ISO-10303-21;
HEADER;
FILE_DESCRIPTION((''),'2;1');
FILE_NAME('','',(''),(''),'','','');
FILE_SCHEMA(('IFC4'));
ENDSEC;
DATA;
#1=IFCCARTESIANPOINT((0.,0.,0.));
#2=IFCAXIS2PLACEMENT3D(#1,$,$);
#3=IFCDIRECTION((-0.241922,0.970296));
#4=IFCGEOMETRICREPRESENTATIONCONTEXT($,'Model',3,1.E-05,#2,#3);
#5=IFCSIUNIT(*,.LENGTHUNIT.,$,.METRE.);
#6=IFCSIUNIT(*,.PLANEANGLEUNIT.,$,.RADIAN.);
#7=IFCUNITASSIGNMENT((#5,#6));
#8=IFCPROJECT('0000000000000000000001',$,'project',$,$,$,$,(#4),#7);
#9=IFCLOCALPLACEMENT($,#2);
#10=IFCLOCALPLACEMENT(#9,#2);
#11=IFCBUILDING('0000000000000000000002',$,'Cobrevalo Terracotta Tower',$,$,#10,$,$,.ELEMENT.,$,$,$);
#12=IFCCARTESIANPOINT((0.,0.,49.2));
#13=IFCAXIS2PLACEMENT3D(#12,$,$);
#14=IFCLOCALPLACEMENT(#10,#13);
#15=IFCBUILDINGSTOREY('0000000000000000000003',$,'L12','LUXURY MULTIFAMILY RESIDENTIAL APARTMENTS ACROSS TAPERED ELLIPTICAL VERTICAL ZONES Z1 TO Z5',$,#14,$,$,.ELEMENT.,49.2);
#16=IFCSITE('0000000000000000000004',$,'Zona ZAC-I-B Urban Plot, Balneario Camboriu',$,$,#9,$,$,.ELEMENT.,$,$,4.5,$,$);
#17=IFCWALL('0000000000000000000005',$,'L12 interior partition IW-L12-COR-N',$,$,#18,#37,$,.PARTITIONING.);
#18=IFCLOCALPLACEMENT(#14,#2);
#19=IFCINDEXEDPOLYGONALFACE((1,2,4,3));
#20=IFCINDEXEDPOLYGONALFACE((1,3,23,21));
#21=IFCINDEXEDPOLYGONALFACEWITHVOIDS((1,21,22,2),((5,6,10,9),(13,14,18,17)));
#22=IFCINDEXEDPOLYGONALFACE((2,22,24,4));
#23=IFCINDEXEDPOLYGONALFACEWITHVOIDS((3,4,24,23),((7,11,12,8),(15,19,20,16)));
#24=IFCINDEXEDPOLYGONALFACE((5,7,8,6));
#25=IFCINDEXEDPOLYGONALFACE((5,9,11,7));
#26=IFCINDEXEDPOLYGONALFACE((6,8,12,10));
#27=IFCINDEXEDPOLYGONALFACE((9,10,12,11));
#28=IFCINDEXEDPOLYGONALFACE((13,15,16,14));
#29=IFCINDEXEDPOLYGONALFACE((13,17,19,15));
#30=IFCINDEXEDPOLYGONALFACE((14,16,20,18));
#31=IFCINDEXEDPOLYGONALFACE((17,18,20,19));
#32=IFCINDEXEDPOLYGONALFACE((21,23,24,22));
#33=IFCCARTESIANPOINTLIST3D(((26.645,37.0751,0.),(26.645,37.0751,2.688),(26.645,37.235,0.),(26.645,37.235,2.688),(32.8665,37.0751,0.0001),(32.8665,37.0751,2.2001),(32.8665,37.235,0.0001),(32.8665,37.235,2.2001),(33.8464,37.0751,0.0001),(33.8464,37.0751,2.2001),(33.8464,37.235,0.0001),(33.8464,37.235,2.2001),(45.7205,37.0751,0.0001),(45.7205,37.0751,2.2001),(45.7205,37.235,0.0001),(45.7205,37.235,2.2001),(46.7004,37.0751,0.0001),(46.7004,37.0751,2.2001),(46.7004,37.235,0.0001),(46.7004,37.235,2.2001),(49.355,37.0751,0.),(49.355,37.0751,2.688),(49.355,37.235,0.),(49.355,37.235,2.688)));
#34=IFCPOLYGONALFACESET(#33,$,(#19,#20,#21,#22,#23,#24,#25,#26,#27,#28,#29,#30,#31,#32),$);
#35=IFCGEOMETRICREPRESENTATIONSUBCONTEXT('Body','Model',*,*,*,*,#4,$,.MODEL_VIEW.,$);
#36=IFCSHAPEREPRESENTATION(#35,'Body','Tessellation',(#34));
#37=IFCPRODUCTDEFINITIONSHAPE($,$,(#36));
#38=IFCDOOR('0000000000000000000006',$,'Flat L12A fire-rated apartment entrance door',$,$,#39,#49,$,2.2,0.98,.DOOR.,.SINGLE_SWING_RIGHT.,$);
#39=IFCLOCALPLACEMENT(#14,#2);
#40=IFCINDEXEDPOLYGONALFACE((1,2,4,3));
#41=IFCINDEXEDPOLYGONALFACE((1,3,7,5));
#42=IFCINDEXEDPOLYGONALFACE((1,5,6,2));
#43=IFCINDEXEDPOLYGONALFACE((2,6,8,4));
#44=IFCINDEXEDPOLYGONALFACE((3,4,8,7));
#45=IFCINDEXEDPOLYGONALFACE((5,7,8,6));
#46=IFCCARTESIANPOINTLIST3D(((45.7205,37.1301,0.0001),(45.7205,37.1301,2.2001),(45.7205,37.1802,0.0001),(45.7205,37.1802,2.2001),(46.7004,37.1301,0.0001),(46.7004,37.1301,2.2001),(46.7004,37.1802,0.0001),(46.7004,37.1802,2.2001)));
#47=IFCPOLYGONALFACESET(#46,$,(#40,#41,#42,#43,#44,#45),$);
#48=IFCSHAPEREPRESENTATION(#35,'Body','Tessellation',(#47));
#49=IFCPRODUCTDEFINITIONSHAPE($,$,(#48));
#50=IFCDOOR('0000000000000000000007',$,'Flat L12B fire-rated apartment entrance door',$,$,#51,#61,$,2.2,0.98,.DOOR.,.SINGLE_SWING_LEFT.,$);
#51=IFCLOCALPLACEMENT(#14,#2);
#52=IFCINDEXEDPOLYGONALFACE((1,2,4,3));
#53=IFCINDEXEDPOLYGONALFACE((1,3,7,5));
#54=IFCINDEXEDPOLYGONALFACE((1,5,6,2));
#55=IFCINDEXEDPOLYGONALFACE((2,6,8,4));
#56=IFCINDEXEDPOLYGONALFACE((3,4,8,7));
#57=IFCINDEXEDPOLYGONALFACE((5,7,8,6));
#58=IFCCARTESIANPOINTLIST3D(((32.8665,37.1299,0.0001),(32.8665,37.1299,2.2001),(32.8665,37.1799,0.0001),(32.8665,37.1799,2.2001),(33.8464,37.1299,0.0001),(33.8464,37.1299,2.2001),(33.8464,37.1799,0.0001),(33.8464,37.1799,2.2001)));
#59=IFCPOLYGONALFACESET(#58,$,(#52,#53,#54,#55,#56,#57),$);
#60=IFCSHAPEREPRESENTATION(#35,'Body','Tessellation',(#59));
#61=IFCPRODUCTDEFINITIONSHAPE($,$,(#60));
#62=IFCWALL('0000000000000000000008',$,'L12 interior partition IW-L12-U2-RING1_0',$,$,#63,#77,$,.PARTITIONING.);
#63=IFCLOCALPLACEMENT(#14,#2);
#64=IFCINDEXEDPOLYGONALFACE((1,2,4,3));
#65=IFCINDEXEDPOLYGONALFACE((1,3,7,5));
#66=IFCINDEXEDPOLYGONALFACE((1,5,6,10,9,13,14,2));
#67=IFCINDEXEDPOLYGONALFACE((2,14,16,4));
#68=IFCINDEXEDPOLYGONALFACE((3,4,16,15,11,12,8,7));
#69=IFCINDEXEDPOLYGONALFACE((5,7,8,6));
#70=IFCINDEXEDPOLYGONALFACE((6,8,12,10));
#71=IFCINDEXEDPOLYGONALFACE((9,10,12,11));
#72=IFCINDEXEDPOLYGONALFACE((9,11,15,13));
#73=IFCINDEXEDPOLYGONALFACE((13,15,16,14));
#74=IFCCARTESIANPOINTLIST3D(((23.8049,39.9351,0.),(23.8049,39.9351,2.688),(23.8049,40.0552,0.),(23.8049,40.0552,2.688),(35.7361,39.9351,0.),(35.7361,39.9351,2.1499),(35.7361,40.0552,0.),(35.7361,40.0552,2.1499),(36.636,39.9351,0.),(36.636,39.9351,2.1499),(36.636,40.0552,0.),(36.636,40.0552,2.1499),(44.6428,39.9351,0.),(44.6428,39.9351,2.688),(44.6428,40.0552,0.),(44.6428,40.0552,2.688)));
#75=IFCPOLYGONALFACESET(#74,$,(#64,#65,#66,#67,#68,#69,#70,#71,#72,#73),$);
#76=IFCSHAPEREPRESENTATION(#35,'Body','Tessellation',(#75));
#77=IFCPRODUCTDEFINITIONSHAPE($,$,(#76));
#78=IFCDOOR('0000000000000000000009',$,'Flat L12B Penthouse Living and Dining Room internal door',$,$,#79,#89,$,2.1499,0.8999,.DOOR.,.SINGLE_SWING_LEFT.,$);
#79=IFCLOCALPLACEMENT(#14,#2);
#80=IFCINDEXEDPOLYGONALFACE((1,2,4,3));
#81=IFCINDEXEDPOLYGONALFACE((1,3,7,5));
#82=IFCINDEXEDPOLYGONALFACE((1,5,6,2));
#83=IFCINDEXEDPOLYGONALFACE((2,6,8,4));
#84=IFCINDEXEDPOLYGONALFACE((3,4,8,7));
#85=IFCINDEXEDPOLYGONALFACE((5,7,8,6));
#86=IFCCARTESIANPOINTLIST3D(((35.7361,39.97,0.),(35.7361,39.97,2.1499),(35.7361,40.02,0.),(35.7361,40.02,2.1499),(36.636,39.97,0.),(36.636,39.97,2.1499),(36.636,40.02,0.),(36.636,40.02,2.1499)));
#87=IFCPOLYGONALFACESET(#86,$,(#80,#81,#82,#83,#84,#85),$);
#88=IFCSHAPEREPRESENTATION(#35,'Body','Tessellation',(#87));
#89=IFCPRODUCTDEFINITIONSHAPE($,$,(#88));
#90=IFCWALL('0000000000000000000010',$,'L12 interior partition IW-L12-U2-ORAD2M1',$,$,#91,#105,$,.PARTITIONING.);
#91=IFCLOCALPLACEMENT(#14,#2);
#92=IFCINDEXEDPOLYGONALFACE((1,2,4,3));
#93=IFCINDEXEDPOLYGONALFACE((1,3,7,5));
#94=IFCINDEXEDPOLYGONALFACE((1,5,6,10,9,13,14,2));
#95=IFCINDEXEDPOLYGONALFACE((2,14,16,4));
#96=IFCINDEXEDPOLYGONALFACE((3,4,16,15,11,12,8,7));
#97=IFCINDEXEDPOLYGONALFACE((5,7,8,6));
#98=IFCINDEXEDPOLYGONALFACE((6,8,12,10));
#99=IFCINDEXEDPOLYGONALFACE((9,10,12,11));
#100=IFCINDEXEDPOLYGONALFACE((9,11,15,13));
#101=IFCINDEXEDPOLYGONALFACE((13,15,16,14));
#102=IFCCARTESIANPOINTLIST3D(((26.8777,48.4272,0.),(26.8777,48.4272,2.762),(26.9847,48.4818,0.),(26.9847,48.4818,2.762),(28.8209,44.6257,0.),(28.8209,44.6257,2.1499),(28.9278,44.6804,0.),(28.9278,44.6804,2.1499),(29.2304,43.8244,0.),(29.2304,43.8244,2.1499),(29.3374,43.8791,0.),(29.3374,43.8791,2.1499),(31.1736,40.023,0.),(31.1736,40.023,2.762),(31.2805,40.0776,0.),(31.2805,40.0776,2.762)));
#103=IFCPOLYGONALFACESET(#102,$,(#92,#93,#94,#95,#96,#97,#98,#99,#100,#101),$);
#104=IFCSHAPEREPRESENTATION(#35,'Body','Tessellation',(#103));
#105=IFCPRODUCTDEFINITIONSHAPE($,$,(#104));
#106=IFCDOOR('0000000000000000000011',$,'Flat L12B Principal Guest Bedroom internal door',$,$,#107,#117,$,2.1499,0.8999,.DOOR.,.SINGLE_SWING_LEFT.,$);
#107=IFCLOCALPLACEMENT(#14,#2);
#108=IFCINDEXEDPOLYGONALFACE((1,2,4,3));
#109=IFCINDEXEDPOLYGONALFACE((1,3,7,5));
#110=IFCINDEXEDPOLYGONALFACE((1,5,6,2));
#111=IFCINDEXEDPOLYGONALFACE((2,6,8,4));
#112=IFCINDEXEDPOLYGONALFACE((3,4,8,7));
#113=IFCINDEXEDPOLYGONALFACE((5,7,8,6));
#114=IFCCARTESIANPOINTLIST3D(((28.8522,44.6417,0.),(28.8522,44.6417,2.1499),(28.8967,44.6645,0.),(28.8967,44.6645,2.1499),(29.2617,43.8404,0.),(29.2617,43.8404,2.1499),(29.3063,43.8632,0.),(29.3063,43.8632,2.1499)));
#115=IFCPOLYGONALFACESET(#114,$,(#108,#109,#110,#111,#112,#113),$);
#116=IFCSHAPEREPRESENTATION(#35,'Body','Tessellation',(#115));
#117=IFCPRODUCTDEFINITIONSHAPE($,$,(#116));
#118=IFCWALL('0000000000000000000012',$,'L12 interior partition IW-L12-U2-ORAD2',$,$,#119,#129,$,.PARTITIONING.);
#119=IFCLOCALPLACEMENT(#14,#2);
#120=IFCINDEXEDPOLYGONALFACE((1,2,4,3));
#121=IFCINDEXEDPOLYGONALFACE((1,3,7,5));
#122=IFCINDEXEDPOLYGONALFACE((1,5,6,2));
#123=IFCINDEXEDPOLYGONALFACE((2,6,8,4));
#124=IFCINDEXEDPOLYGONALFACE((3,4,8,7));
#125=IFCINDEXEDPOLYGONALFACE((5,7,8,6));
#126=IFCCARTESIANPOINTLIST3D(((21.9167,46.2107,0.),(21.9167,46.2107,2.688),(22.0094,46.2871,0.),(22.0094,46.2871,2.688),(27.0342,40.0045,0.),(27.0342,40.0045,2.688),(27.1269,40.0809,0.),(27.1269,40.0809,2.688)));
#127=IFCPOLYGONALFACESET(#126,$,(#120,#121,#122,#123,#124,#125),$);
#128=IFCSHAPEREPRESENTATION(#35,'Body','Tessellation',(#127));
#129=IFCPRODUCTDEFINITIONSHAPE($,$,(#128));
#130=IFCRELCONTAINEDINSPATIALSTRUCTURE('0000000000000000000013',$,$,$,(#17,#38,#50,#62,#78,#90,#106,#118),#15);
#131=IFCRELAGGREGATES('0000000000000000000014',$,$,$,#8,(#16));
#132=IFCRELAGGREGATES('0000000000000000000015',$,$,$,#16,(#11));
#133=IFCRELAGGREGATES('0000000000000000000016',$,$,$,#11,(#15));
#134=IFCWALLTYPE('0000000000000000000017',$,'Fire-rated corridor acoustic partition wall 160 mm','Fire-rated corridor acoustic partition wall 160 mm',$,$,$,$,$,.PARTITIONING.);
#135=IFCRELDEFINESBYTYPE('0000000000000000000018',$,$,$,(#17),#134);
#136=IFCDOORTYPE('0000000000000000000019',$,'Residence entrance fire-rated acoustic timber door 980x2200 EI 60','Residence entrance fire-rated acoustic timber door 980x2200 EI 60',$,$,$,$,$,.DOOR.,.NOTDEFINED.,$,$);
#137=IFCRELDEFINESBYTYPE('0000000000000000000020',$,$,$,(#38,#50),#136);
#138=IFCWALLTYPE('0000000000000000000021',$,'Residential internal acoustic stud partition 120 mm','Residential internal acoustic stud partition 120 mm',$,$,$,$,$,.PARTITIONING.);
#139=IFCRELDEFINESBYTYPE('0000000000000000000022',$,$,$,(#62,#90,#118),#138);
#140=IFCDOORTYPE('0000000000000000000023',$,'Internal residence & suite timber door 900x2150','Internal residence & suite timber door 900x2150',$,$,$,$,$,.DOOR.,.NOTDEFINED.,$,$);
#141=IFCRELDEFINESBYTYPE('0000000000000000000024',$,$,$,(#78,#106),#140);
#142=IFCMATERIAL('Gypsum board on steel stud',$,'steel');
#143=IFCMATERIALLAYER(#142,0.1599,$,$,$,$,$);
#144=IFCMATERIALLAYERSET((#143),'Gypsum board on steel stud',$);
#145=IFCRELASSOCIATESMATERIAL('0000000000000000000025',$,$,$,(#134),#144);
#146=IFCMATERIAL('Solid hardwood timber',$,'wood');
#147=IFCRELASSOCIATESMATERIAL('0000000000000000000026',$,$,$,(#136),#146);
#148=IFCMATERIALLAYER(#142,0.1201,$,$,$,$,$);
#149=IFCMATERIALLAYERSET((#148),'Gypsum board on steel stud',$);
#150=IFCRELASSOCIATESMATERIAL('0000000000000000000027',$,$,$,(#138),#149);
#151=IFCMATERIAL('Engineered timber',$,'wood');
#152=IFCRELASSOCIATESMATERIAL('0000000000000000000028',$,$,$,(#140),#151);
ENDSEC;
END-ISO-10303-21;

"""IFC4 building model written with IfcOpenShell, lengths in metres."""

from ifc_helpers import new_model, si_unit, direction, frame, frame_2d, origin, place, context, subcontext, project, spatial, rectangle, extrude, source, transform, mapped, material, layer, layer_set, type_object, element, fill, save


model = new_model("IFC4")

# Units and contexts
model_context = context("Model", 3, precision=1e-05, world=origin(), true_north=direction((-0.241922, 0.970296)))
body_context = subcontext(model_context, "Body", "Model", "MODEL_VIEW")
ifc_project = project(units=[si_unit("LENGTHUNIT", "METRE"), si_unit("PLANEANGLEUNIT", "RADIAN")], contexts=[model_context])

# Site, building, storey
site_placement = place(None, origin())
site = spatial("IfcSite", under=ifc_project, at=site_placement, Name="Zona ZAC-I-B Urban Plot, Balneario Camboriu", CompositionType="ELEMENT", RefElevation=4.5)
building_placement = place(site_placement, origin())
building = spatial("IfcBuilding", under=site, at=building_placement, Name="Cobrevalo Terracotta Tower", CompositionType="ELEMENT")
storey_placement = place(building_placement, frame((0.0, 0.0, 49.2)))
storey = spatial("IfcBuildingStorey", under=building, at=storey_placement, Name="L12", Description="LUXURY MULTIFAMILY RESIDENTIAL APARTMENTS ACROSS TAPERED ELLIPTICAL VERTICAL ZONES Z1 TO Z5", CompositionType="ELEMENT", Elevation=49.2)

# Wall, openings, doors
ifc_material_1 = material(Name="Gypsum board on steel stud", Category="steel")
ifc_layer_1 = layer(ifc_material_1, 0.1599)
ifc_layer_set_1 = layer_set([ifc_layer_1], Name="Gypsum board on steel stud")
wall_type_1 = type_object("IfcWallType", Name="Fire-rated corridor acoustic partition wall 160 mm", Description="Fire-rated corridor acoustic partition wall 160 mm", PredefinedType="PARTITIONING", material=ifc_layer_set_1)
wall_1_placement = place(storey_placement, frame((26.645, 37.155, 0.0), z_axis=(0.0, 0.0, 1.0), x_axis=(1.0, 0.0, 0.0)))
wall_1 = element("IfcWall", 1, at=wall_1_placement, inside=storey, type_object=wall_type_1, Name="L12 interior partition IW-L12-COR-N", PredefinedType="PARTITIONING", context=body_context, shape_type="SweptSolid", body=[
    extrude(rectangle(XDim=22.71, YDim=0.1599, at=frame_2d((11.355, 0.0))), origin(), (0.0, 0.0, 1.0), 2.688),
])
opening_1_placement = place(wall_1_placement, frame((19.0754, 0.0, 0.0)))
opening_1 = element("IfcOpeningElement", 2, at=opening_1_placement, cuts=wall_1, PredefinedType="OPENING", context=body_context, shape_type="SweptSolid", body=[
    extrude(rectangle(XDim=0.98, YDim=2.2, at=frame_2d((0.49, 1.1001))), frame((0.0, 0.0898, 0.0), z_axis=(0.0, -1.0, 0.0), x_axis=(1.0, 0.0, 0.0)), (0.0, 0.0, 1.0), 0.1799),
])
opening_2_placement = place(wall_1_placement, frame((6.2214, 0.0, 0.0)))
opening_2 = element("IfcOpeningElement", 3, at=opening_2_placement, cuts=wall_1, PredefinedType="OPENING", context=body_context, shape_type="SweptSolid", body=[
    extrude(rectangle(XDim=0.98, YDim=2.2, at=frame_2d((0.49, 1.1001))), frame((0.0, 0.0898, 0.0), z_axis=(0.0, -1.0, 0.0), x_axis=(1.0, 0.0, 0.0)), (0.0, 0.0, 1.0), 0.1799),
])
ifc_material_2 = material(Name="Solid hardwood timber", Category="wood")
door_type_1 = type_object("IfcDoorType", Name="Residence entrance fire-rated acoustic timber door 980x2200 EI 60", Description="Residence entrance fire-rated acoustic timber door 980x2200 EI 60", OperationType="NOTDEFINED", PredefinedType="DOOR", material=ifc_material_2)
shared_shape_1 = source(origin(), body_context, "Body", "SweptSolid", [
    extrude(rectangle(XDim=0.98, YDim=2.2, at=frame_2d((0.49, 1.1001))), frame((0.0, 0.0249, 0.0), z_axis=(0.0, -1.0, 0.0), x_axis=(1.0, 0.0, 0.0)), (0.0, 0.0, 1.0), 0.05),
])
door_1_placement = place(opening_1_placement, frame((0.98, 0.0, 0.0), z_axis=(0.0, 0.0, 1.0), x_axis=(-1.0, 0.0, 0.0)))
door_1 = element("IfcDoor", 4, at=door_1_placement, inside=storey, type_object=door_type_1, Name="Flat L12A fire-rated apartment entrance door", OperationType="SINGLE_SWING_RIGHT", OverallHeight=2.2, OverallWidth=0.98, PredefinedType="DOOR", context=body_context, shape_type="MappedRepresentation", body=[
    mapped(shared_shape_1, transform((0.0, 0.0, 0.0), scale=1.0)),
])
fill(opening_1, door_1)
door_2_placement = place(opening_2_placement, origin())
door_2 = element("IfcDoor", 5, at=door_2_placement, inside=storey, type_object=door_type_1, Name="Flat L12B fire-rated apartment entrance door", OperationType="SINGLE_SWING_LEFT", OverallHeight=2.2, OverallWidth=0.98, PredefinedType="DOOR", context=body_context, shape_type="MappedRepresentation", body=[
    mapped(shared_shape_1, transform((0.0, 0.0, 0.0), scale=1.0)),
])
fill(opening_2, door_2)

# Walls, openings, doors
ifc_layer_2 = layer(ifc_material_1, 0.1201)
ifc_layer_set_2 = layer_set([ifc_layer_2], Name="Gypsum board on steel stud")
wall_type_2 = type_object("IfcWallType", Name="Residential internal acoustic stud partition 120 mm", Description="Residential internal acoustic stud partition 120 mm", PredefinedType="PARTITIONING", material=ifc_layer_set_2)
wall_2_placement = place(storey_placement, frame((23.8049, 39.9951, 0.0), z_axis=(0.0, 0.0, 1.0), x_axis=(1.0, 0.0, 0.0)))
wall_2 = element("IfcWall", 6, at=wall_2_placement, inside=storey, type_object=wall_type_2, Name="L12 interior partition IW-L12-U2-RING1_0", PredefinedType="PARTITIONING", context=body_context, shape_type="SweptSolid", body=[
    extrude(rectangle(XDim=20.8379, YDim=0.1201, at=frame_2d((10.4189, 0.0))), origin(), (0.0, 0.0, 1.0), 2.688),
])
opening_3_placement = place(wall_2_placement, frame((11.9312, 0.0, 0.0)))
opening_3 = element("IfcOpeningElement", 7, at=opening_3_placement, cuts=wall_2, PredefinedType="OPENING", context=body_context, shape_type="SweptSolid", body=[
    extrude(rectangle(XDim=0.8999, YDim=2.1499, at=frame_2d((0.45, 1.075))), frame((0.0, 0.0701, 0.0), z_axis=(0.0, -1.0, 0.0), x_axis=(1.0, 0.0, 0.0)), (0.0, 0.0, 1.0), 0.1401),
])
ifc_material_3 = material(Name="Engineered timber", Category="wood")
door_type_2 = type_object("IfcDoorType", Name="Internal residence & suite timber door 900x2150", Description="Internal residence & suite timber door 900x2150", OperationType="NOTDEFINED", PredefinedType="DOOR", material=ifc_material_3)
shared_shape_2 = source(origin(), body_context, "Body", "SweptSolid", [
    extrude(rectangle(XDim=0.8999, YDim=2.1499, at=frame_2d((0.45, 1.075))), frame((0.0, 0.0249, 0.0), z_axis=(0.0, -1.0, 0.0), x_axis=(1.0, 0.0, 0.0)), (0.0, 0.0, 1.0), 0.05),
])
door_3_placement = place(opening_3_placement, origin())
door_3 = element("IfcDoor", 8, at=door_3_placement, inside=storey, type_object=door_type_2, Name="Flat L12B Penthouse Living and Dining Room internal door", OperationType="SINGLE_SWING_LEFT", OverallHeight=2.1499, OverallWidth=0.8999, PredefinedType="DOOR", context=body_context, shape_type="MappedRepresentation", body=[
    mapped(shared_shape_2, transform((0.0, 0.0, 0.0), scale=1.0)),
])
fill(opening_3, door_3)
wall_3_placement = place(storey_placement, frame((31.2271, 40.0503, 0.0), z_axis=(0.0, 0.0, 1.0), x_axis=(-0.455142, 0.890419, 0.0)))
wall_3 = element("IfcWall", 9, at=wall_3_placement, inside=storey, type_object=wall_type_2, Name="L12 interior partition IW-L12-U2-ORAD2M1", PredefinedType="PARTITIONING", context=body_context, shape_type="SweptSolid", body=[
    extrude(rectangle(XDim=9.4385, YDim=0.1201, at=frame_2d((4.7192, 0.0))), origin(), (0.0, 0.0, 1.0), 2.762),
])
opening_4_placement = place(wall_3_placement, frame((4.2693, 0.0, 0.0)))
opening_4 = element("IfcOpeningElement", 10, at=opening_4_placement, cuts=wall_3, PredefinedType="OPENING", context=body_context, shape_type="SweptSolid", body=[
    extrude(rectangle(XDim=0.8999, YDim=2.1499, at=frame_2d((0.45, 1.075))), frame((0.0, 0.0701, 0.0), z_axis=(0.0, -1.0, 0.0), x_axis=(1.0, 0.0, 0.0)), (0.0, 0.0, 1.0), 0.1401),
])
door_4_placement = place(opening_4_placement, origin())
door_4 = element("IfcDoor", 11, at=door_4_placement, inside=storey, type_object=door_type_2, Name="Flat L12B Principal Guest Bedroom internal door", OperationType="SINGLE_SWING_LEFT", OverallHeight=2.1499, OverallWidth=0.8999, PredefinedType="DOOR", context=body_context, shape_type="MappedRepresentation", body=[
    mapped(shared_shape_2, transform((0.0, 0.0, 0.0), scale=1.0)),
])
fill(opening_4, door_4)

# Wall
wall_4_placement = place(storey_placement, frame((27.0806, 40.0427, 0.0), z_axis=(0.0, 0.0, 1.0), x_axis=(-0.636193, 0.77153, 0.0)))
element("IfcWall", 12, at=wall_4_placement, inside=storey, type_object=wall_type_2, Name="L12 interior partition IW-L12-U2-ORAD2", PredefinedType="PARTITIONING", context=body_context, shape_type="SweptSolid", body=[
    extrude(rectangle(XDim=8.0439, YDim=0.1201, at=frame_2d((4.022, 0.0))), origin(), (0.0, 0.0, 1.0), 2.688),
])

save(model, "model.ifc")
